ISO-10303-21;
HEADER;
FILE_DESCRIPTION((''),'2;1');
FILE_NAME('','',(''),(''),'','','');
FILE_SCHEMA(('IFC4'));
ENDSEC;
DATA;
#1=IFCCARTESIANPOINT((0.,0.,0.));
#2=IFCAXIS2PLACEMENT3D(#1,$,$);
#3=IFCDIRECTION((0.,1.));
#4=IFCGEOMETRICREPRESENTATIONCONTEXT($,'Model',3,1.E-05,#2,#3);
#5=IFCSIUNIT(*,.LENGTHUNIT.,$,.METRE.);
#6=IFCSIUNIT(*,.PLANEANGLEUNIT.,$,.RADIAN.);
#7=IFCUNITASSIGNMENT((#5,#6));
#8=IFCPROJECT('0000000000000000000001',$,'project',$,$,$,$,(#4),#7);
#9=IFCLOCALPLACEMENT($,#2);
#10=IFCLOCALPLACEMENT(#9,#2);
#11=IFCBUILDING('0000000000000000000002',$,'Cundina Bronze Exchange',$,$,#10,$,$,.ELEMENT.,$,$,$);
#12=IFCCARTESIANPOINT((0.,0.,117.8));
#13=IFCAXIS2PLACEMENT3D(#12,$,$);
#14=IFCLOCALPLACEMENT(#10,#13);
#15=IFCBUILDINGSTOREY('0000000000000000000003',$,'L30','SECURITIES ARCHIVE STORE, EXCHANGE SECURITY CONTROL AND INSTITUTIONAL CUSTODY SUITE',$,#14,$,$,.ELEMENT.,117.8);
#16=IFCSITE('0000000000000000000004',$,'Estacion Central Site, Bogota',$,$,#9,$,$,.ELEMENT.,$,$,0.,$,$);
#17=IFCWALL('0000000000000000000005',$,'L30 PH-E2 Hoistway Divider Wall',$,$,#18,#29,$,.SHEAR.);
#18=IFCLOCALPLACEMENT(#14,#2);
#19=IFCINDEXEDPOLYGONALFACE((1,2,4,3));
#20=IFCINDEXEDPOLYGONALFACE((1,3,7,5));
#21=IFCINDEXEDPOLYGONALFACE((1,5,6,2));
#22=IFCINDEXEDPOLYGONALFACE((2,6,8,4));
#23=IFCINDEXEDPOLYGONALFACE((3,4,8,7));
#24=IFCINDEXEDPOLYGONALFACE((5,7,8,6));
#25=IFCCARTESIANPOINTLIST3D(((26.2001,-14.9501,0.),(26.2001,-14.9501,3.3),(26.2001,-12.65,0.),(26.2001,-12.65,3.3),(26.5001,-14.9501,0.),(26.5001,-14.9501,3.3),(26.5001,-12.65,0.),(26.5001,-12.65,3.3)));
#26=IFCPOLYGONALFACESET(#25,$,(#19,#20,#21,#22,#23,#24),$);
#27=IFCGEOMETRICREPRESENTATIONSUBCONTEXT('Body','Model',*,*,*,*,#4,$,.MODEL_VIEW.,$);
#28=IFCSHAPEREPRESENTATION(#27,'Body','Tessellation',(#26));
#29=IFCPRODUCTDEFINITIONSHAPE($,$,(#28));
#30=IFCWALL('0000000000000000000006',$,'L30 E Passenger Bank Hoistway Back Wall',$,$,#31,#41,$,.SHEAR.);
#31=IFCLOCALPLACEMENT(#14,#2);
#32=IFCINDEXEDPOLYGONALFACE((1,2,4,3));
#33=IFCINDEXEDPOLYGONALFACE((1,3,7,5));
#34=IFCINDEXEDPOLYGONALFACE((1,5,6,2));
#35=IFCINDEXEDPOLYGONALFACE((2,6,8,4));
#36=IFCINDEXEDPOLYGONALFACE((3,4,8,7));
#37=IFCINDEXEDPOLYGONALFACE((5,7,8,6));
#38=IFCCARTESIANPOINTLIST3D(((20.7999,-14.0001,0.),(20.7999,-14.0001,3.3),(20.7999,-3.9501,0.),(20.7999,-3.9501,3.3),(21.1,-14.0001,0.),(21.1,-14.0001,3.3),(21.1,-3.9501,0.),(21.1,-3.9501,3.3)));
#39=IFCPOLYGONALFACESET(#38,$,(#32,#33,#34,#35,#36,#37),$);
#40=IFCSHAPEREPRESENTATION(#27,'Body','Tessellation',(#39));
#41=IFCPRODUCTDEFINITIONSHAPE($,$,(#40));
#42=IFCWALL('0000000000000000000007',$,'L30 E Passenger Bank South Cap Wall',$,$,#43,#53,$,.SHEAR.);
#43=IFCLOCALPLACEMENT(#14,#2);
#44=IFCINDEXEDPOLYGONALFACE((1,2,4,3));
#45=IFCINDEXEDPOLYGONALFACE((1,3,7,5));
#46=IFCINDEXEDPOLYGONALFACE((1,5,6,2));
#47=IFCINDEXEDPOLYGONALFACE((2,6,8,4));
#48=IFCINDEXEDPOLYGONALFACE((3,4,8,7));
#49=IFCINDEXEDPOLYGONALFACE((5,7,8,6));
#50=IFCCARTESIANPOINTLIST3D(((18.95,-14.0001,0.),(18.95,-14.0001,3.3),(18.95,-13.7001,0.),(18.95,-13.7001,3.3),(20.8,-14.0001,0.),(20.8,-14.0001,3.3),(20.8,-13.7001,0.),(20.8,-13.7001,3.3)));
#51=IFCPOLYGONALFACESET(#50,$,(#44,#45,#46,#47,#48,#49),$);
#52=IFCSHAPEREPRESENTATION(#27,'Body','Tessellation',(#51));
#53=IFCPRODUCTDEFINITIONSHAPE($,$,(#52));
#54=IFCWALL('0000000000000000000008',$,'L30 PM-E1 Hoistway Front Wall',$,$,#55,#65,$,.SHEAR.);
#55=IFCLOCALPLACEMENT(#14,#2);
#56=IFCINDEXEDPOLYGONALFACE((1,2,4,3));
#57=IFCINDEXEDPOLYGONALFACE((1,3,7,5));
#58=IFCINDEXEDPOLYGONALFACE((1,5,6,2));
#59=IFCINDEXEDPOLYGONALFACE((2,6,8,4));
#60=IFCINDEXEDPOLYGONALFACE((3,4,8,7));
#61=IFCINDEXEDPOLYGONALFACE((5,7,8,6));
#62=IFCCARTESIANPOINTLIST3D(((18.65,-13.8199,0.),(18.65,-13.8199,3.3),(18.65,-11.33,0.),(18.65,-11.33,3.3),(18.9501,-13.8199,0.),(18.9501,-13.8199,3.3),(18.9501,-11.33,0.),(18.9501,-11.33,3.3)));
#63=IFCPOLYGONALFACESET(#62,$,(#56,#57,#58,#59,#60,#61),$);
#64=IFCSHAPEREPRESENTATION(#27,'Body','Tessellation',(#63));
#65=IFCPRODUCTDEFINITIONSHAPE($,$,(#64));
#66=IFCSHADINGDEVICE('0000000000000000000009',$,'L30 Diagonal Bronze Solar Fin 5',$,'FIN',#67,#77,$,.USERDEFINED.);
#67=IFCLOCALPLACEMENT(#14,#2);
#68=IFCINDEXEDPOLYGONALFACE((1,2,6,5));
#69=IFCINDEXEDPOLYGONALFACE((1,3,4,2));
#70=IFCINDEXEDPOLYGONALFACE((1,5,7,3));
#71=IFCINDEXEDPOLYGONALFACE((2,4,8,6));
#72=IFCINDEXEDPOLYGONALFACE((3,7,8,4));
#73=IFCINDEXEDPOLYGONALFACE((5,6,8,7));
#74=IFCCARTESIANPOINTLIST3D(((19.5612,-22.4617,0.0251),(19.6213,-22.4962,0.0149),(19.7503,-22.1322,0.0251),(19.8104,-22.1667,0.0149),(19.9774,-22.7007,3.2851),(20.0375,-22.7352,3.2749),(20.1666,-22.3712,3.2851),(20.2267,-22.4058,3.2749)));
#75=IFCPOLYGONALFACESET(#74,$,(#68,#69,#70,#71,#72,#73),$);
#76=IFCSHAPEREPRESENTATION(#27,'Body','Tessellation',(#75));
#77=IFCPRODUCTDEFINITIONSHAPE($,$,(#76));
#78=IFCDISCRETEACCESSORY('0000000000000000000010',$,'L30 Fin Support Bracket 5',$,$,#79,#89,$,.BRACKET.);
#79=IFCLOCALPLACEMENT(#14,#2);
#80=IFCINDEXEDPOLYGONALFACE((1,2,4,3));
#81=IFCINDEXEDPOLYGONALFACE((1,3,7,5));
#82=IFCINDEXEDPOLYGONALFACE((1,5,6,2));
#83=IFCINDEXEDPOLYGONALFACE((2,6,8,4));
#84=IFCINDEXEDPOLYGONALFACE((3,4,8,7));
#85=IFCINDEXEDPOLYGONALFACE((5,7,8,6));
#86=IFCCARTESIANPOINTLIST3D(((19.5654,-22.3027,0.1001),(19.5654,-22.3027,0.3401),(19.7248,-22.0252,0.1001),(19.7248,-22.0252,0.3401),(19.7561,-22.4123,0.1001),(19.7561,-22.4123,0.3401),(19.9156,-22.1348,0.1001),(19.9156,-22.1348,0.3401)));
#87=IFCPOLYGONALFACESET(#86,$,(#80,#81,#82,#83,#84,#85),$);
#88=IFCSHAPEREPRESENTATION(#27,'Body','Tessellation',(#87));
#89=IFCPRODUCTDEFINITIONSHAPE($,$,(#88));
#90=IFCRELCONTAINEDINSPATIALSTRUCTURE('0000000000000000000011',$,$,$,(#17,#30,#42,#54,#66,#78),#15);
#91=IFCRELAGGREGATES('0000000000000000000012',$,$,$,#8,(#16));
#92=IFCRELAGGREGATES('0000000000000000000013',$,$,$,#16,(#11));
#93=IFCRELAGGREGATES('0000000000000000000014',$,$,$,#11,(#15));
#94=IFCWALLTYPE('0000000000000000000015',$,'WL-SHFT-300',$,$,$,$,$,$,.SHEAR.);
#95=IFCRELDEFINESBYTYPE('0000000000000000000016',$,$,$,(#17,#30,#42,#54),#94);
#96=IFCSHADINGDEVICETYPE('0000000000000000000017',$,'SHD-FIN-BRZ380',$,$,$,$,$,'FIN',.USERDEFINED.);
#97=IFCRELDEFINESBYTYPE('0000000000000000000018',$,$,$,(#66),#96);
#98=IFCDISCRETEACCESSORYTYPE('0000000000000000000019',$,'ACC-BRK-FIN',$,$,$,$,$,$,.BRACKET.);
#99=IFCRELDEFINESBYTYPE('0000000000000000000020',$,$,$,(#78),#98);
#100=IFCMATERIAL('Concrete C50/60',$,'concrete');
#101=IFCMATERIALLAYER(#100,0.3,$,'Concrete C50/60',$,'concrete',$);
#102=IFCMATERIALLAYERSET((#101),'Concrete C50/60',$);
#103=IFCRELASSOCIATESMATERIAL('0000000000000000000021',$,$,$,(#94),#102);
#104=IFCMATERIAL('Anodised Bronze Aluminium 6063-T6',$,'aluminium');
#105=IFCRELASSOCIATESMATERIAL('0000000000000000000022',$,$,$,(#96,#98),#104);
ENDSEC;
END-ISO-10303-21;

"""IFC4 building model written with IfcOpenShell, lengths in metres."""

from ifc_helpers import new_model, si_unit, direction, frame, frame_2d, origin, origin_2d, place, context, subcontext, project, spatial, rectangle, extrude, material, layer, layer_set, material_profile, profile_set, type_object, element, save


model = new_model("IFC4")

# Units and contexts
model_context = context("Model", 3, precision=1e-05, world=origin(), true_north=direction((0.0, 1.0)))
body_context = subcontext(model_context, "Body", "Model", "MODEL_VIEW")
ifc_project = project(units=[si_unit("LENGTHUNIT", "METRE"), si_unit("PLANEANGLEUNIT", "RADIAN")], contexts=[model_context])

# Site, building, storey
site_placement = place(None, origin())
site = spatial("IfcSite", under=ifc_project, at=site_placement, Name="Estacion Central Site, Bogota", CompositionType="ELEMENT", RefElevation=0.0)
building_placement = place(site_placement, origin())
building = spatial("IfcBuilding", under=site, at=building_placement, Name="Cundina Bronze Exchange", CompositionType="ELEMENT")
storey_placement = place(building_placement, frame((0.0, 0.0, 117.8)))
storey = spatial("IfcBuildingStorey", under=building, at=storey_placement, Name="L30", Description="SECURITIES ARCHIVE STORE, EXCHANGE SECURITY CONTROL AND INSTITUTIONAL CUSTODY SUITE", CompositionType="ELEMENT", Elevation=117.8)

# Shared definitions
ifc_material_1 = material(Name="Anodised Bronze Aluminium 6063-T6", Category="aluminium")

# Walls
ifc_material_2 = material(Name="Concrete C50/60", Category="concrete")
ifc_layer_1 = layer(ifc_material_2, 0.3, Name="Concrete C50/60", Category="concrete")
ifc_layer_set_1 = layer_set([ifc_layer_1], Name="Concrete C50/60")
wall_type_1 = type_object("IfcWallType", Name="WL-SHFT-300", PredefinedType="SHEAR", material=ifc_layer_set_1)
wall_1_placement = place(storey_placement, frame((26.3501, -14.95, 0.0), z_axis=(0.0, 0.0, 1.0), x_axis=(0.0, 1.0, 0.0)))
element("IfcWall", 1, at=wall_1_placement, inside=storey, type_object=wall_type_1, Name="L30 PH-E2 Hoistway Divider Wall", PredefinedType="SHEAR", context=body_context, shape_type="SweptSolid", body=[
    extrude(rectangle(XDim=2.3, YDim=0.3, at=frame_2d((1.1499, 0.0))), origin(), (0.0, 0.0, 1.0), 3.3),
])
wall_2_placement = place(storey_placement, frame((20.95, -14.0, 0.0), z_axis=(0.0, 0.0, 1.0), x_axis=(0.0, 1.0, 0.0)))
element("IfcWall", 2, at=wall_2_placement, inside=storey, type_object=wall_type_1, Name="L30 E Passenger Bank Hoistway Back Wall", PredefinedType="SHEAR", context=body_context, shape_type="SweptSolid", body=[
    extrude(rectangle(XDim=10.05, YDim=0.3, at=frame_2d((5.0249, 0.0))), origin(), (0.0, 0.0, 1.0), 3.3),
])
wall_3_placement = place(storey_placement, frame((18.95, -13.8501, 0.0), z_axis=(0.0, 0.0, 1.0), x_axis=(1.0, 0.0, 0.0)))
element("IfcWall", 3, at=wall_3_placement, inside=storey, type_object=wall_type_1, Name="L30 E Passenger Bank South Cap Wall", PredefinedType="SHEAR", context=body_context, shape_type="SweptSolid", body=[
    extrude(rectangle(XDim=1.8501, YDim=0.3, at=frame_2d((0.925, 0.0))), origin(), (0.0, 0.0, 1.0), 3.3),
])
wall_4_placement = place(storey_placement, frame((18.8, -13.8201, 0.0), z_axis=(0.0, 0.0, 1.0), x_axis=(0.0, 1.0, 0.0)))
element("IfcWall", 4, at=wall_4_placement, inside=storey, type_object=wall_type_1, Name="L30 PM-E1 Hoistway Front Wall", PredefinedType="SHEAR", context=body_context, shape_type="SweptSolid", body=[
    extrude(rectangle(XDim=2.49, YDim=0.3, at=frame_2d((1.2451, 0.0))), origin(), (0.0, 0.0, 1.0), 3.3),
])

# Shading device
ifc_material_profile_1 = material_profile(ifc_material_1, rectangle(XDim=0.0701, YDim=0.3799, at=origin_2d()), Name="FIN70X380", Category="aluminium")
ifc_profile_set_1 = profile_set([ifc_material_profile_1], Name="Anodised Bronze Aluminium 6063-T6")
shading_device_type = type_object("IfcShadingDeviceType", Name="SHD-FIN-BRZ380", ElementType="FIN", PredefinedType="USERDEFINED", material=ifc_profile_set_1)
shading_device_placement = place(storey_placement, frame((19.6858, -22.3142, 0.02), z_axis=(0.126325, -0.072535, 0.989333), x_axis=(-0.857958, 0.492634, 0.145668)))
element("IfcShadingDevice", 5, at=shading_device_placement, inside=storey, type_object=shading_device_type, Name="L30 Diagonal Bronze Solar Fin 5", ObjectType="FIN", PredefinedType="USERDEFINED", context=body_context, shape_type="SweptSolid", body=[
    extrude(rectangle(XDim=0.0701, YDim=0.3799, at=origin_2d()), origin(), (0.0, 0.0, 1.0), 3.2952),
])

# Discrete accessory
discrete_accessory_type = type_object("IfcDiscreteAccessoryType", Name="ACC-BRK-FIN", PredefinedType="BRACKET", material=ifc_material_1)
discrete_accessory_placement = place(storey_placement, frame((19.7405, -22.2188, 0.1001), z_axis=(0.0, 0.0, 1.0), x_axis=(0.867105, -0.498125, 0.0)))
element("IfcDiscreteAccessory", 6, at=discrete_accessory_placement, inside=storey, type_object=discrete_accessory_type, Name="L30 Fin Support Bracket 5", PredefinedType="BRACKET", context=body_context, shape_type="SweptSolid", body=[
    extrude(rectangle(XDim=0.22, YDim=0.3201, at=origin_2d()), origin(), (0.0, 0.0, 1.0), 0.24),
])

save(model, "model.ifc")
